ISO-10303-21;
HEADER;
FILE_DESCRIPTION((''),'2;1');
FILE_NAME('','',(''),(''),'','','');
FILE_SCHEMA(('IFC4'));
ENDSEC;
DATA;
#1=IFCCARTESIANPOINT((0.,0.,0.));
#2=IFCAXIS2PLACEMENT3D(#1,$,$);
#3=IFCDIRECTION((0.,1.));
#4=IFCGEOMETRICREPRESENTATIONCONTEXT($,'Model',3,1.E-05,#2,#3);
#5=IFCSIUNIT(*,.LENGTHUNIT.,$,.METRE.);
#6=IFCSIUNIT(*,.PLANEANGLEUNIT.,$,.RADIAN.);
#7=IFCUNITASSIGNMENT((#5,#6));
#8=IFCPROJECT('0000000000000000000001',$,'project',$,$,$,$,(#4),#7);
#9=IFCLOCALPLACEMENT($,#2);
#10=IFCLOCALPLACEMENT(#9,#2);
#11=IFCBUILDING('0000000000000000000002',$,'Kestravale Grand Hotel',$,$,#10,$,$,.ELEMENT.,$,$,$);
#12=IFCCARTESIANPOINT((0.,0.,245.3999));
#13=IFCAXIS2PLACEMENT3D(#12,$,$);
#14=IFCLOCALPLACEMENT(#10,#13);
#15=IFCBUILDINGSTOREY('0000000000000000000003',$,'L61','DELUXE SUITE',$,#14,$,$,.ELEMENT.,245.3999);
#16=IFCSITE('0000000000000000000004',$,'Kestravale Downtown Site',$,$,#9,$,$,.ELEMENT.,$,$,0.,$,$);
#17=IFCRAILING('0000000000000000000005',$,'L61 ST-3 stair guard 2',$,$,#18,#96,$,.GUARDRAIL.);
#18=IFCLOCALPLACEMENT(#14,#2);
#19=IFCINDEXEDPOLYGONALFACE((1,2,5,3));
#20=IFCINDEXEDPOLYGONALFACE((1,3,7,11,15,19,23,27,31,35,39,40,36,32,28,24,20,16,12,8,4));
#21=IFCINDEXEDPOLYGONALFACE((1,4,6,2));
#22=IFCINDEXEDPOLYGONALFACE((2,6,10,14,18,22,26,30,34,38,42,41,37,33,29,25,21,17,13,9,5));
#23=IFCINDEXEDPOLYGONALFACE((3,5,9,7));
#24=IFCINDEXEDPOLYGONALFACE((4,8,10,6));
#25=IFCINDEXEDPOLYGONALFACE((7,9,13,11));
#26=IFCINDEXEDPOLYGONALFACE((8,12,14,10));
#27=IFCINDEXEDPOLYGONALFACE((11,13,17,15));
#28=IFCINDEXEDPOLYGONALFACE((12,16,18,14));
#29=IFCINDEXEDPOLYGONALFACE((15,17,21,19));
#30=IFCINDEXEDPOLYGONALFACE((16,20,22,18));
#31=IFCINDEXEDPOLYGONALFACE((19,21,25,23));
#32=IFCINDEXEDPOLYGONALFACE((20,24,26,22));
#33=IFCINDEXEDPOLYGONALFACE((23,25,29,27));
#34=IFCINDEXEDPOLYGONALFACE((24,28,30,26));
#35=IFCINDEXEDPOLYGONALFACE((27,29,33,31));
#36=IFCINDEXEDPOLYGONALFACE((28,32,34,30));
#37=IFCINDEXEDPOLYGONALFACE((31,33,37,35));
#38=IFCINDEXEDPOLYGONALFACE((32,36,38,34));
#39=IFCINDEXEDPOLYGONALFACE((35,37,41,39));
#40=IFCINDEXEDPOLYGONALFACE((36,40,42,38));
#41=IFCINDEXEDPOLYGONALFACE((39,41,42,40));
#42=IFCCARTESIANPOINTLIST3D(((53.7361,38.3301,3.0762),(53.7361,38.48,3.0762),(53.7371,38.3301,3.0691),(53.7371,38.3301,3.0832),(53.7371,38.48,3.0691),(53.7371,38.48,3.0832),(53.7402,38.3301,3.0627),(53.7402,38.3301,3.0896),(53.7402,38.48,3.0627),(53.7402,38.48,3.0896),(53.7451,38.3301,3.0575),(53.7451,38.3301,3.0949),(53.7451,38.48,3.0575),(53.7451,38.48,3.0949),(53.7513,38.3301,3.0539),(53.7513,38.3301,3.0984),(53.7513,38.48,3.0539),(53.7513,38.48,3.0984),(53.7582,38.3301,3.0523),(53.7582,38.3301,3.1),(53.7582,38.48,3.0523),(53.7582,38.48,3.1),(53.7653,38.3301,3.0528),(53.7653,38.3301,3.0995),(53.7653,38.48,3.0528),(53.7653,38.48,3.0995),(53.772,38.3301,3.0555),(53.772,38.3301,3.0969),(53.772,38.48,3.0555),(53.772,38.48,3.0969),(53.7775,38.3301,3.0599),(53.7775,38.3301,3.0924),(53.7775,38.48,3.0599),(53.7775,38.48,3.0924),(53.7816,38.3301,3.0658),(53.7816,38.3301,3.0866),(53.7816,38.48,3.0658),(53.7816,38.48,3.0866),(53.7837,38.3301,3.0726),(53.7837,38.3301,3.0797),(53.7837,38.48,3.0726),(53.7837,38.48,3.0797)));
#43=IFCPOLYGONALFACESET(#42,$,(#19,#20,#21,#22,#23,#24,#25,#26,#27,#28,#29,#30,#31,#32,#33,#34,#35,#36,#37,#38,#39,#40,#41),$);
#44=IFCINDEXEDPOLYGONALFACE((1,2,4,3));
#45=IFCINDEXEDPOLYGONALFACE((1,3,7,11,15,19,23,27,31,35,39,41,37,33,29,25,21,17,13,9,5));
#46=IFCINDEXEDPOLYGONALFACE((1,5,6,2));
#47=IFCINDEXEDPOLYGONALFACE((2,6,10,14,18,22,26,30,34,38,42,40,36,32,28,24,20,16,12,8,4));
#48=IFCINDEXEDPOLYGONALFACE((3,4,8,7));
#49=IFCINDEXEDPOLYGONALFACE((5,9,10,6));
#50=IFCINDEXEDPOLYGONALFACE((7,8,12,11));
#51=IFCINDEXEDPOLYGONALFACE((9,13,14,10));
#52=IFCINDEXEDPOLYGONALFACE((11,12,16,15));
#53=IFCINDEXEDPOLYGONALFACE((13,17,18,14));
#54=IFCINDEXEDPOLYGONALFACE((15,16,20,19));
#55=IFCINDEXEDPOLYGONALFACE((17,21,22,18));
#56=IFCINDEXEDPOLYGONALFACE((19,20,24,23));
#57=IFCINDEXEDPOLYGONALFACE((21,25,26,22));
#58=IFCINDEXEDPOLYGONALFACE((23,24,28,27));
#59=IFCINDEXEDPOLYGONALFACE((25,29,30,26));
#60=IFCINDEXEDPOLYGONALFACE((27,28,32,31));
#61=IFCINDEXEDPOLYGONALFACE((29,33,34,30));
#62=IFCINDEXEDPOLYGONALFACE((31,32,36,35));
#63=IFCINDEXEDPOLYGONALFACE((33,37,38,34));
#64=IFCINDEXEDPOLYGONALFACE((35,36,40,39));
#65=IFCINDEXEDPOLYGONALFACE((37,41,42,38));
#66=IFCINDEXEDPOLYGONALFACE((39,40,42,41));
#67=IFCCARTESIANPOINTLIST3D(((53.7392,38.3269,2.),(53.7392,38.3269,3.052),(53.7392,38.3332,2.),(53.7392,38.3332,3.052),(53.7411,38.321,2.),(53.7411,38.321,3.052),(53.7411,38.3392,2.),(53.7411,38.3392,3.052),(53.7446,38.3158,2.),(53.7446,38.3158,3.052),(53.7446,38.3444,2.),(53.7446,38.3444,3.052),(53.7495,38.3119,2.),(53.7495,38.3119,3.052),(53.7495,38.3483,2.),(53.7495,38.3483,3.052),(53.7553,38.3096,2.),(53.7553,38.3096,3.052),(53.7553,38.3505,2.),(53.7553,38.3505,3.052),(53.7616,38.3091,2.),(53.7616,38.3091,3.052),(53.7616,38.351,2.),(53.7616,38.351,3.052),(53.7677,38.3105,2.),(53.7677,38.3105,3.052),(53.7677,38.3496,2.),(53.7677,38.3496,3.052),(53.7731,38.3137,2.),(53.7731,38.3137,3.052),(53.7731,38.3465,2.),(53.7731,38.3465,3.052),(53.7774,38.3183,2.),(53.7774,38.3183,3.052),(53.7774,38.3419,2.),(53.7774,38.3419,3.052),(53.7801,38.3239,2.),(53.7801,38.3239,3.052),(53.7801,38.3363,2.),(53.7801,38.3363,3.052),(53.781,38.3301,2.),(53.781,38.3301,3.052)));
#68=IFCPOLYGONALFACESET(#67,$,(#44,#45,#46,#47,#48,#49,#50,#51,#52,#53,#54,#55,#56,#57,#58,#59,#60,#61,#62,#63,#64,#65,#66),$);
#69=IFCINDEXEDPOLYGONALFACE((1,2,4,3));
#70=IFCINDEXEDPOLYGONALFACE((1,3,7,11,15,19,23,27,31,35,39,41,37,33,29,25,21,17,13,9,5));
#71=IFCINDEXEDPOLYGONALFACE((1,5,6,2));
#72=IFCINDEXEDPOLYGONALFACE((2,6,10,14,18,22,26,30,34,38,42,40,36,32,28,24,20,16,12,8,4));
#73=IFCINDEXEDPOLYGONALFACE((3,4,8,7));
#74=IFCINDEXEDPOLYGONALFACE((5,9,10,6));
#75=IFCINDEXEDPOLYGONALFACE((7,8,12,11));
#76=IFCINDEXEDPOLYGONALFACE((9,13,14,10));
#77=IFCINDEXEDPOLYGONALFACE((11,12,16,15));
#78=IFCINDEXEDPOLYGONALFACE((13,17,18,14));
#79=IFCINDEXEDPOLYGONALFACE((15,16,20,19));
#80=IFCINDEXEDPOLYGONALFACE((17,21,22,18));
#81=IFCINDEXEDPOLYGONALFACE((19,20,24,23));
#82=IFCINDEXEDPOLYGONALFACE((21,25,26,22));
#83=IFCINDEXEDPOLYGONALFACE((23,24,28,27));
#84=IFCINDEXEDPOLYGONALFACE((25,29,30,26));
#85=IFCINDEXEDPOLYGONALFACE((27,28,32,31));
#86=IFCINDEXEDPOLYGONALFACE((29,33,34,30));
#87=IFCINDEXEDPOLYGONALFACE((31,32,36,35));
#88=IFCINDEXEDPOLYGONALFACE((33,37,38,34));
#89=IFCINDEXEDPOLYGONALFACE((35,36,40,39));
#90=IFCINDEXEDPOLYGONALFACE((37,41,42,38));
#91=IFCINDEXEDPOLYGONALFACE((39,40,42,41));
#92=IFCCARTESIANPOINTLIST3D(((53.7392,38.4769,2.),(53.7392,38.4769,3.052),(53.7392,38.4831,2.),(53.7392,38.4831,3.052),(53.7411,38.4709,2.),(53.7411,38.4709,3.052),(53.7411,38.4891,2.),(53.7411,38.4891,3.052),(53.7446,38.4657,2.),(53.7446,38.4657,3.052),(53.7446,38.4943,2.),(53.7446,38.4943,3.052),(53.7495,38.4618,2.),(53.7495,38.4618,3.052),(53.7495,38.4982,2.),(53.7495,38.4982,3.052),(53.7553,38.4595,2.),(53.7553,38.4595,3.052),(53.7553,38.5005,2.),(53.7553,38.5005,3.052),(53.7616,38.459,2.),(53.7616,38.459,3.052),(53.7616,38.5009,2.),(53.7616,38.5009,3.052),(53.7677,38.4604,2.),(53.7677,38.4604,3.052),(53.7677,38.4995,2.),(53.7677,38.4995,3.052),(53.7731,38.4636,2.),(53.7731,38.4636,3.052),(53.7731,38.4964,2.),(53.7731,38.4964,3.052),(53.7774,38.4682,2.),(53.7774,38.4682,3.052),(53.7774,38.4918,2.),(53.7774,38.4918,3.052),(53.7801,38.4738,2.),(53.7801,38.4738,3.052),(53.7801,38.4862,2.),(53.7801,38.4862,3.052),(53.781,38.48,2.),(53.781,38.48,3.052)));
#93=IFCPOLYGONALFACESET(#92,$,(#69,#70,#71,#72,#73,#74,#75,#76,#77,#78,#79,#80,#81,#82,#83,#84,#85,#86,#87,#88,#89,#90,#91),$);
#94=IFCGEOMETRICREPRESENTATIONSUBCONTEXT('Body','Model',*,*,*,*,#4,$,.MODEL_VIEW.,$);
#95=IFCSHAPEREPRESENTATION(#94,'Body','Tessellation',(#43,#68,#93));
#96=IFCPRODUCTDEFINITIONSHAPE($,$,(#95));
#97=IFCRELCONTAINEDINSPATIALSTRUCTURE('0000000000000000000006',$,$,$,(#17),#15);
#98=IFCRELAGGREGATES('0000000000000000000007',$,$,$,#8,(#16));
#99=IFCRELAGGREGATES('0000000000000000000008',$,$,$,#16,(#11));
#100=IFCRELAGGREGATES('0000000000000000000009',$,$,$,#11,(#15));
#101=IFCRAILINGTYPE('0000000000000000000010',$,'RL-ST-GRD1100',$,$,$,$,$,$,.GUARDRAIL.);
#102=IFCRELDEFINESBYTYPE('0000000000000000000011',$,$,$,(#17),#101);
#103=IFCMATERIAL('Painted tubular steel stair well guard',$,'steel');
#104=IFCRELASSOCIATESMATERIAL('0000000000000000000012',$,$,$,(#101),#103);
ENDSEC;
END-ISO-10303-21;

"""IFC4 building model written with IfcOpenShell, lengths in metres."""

from ifc_helpers import new_model, si_unit, direction, frame, origin, origin_2d, place, context, subcontext, project, spatial, circle, extrude, material, type_object, element, save


model = new_model("IFC4")

# Units and contexts
model_context = context("Model", 3, precision=1e-05, world=origin(), true_north=direction((0.0, 1.0)))
body_context = subcontext(model_context, "Body", "Model", "MODEL_VIEW")
ifc_project = project(units=[si_unit("LENGTHUNIT", "METRE"), si_unit("PLANEANGLEUNIT", "RADIAN")], contexts=[model_context])

# Site, building, storey
site_placement = place(None, origin())
site = spatial("IfcSite", under=ifc_project, at=site_placement, Name="Kestravale Downtown Site", CompositionType="ELEMENT", RefElevation=0.0)
building_placement = place(site_placement, origin())
building = spatial("IfcBuilding", under=site, at=building_placement, Name="Kestravale Grand Hotel", CompositionType="ELEMENT")
storey_placement = place(building_placement, frame((0.0, 0.0, 245.3999)))
storey = spatial("IfcBuildingStorey", under=building, at=storey_placement, Name="L61", Description="DELUXE SUITE", CompositionType="ELEMENT", Elevation=245.3999)

# Railing
ifc_material_1 = material(Name="Painted tubular steel stair well guard", Category="steel")
railing_type_1 = type_object("IfcRailingType", Name="RL-ST-GRD1100", PredefinedType="GUARDRAIL", material=ifc_material_1)
railing_1_placement = place(storey_placement, frame((53.76, 38.3301, 2.0)))
element("IfcRailing", 1, at=railing_1_placement, inside=storey, type_object=railing_type_1, Name="L61 ST-3 stair guard 2", PredefinedType="GUARDRAIL", context=body_context, shape_type="SweptSolid", body=[
    extrude(circle(Radius=0.0239, at=origin_2d()), frame((0.0, 0.0, 1.0762), z_axis=(0.0, 1.0, 0.0), x_axis=(-1.0, 0.0, 0.0)), (0.0, 0.0, 1.0), 0.1499),
    extrude(circle(Radius=0.021, at=origin_2d()), origin(), (0.0, 0.0, 1.0), 1.052),
    extrude(circle(Radius=0.021, at=origin_2d()), frame((0.0, 0.1499, 0.0)), (0.0, 0.0, 1.0), 1.052),
])

save(model, "model.ifc")
